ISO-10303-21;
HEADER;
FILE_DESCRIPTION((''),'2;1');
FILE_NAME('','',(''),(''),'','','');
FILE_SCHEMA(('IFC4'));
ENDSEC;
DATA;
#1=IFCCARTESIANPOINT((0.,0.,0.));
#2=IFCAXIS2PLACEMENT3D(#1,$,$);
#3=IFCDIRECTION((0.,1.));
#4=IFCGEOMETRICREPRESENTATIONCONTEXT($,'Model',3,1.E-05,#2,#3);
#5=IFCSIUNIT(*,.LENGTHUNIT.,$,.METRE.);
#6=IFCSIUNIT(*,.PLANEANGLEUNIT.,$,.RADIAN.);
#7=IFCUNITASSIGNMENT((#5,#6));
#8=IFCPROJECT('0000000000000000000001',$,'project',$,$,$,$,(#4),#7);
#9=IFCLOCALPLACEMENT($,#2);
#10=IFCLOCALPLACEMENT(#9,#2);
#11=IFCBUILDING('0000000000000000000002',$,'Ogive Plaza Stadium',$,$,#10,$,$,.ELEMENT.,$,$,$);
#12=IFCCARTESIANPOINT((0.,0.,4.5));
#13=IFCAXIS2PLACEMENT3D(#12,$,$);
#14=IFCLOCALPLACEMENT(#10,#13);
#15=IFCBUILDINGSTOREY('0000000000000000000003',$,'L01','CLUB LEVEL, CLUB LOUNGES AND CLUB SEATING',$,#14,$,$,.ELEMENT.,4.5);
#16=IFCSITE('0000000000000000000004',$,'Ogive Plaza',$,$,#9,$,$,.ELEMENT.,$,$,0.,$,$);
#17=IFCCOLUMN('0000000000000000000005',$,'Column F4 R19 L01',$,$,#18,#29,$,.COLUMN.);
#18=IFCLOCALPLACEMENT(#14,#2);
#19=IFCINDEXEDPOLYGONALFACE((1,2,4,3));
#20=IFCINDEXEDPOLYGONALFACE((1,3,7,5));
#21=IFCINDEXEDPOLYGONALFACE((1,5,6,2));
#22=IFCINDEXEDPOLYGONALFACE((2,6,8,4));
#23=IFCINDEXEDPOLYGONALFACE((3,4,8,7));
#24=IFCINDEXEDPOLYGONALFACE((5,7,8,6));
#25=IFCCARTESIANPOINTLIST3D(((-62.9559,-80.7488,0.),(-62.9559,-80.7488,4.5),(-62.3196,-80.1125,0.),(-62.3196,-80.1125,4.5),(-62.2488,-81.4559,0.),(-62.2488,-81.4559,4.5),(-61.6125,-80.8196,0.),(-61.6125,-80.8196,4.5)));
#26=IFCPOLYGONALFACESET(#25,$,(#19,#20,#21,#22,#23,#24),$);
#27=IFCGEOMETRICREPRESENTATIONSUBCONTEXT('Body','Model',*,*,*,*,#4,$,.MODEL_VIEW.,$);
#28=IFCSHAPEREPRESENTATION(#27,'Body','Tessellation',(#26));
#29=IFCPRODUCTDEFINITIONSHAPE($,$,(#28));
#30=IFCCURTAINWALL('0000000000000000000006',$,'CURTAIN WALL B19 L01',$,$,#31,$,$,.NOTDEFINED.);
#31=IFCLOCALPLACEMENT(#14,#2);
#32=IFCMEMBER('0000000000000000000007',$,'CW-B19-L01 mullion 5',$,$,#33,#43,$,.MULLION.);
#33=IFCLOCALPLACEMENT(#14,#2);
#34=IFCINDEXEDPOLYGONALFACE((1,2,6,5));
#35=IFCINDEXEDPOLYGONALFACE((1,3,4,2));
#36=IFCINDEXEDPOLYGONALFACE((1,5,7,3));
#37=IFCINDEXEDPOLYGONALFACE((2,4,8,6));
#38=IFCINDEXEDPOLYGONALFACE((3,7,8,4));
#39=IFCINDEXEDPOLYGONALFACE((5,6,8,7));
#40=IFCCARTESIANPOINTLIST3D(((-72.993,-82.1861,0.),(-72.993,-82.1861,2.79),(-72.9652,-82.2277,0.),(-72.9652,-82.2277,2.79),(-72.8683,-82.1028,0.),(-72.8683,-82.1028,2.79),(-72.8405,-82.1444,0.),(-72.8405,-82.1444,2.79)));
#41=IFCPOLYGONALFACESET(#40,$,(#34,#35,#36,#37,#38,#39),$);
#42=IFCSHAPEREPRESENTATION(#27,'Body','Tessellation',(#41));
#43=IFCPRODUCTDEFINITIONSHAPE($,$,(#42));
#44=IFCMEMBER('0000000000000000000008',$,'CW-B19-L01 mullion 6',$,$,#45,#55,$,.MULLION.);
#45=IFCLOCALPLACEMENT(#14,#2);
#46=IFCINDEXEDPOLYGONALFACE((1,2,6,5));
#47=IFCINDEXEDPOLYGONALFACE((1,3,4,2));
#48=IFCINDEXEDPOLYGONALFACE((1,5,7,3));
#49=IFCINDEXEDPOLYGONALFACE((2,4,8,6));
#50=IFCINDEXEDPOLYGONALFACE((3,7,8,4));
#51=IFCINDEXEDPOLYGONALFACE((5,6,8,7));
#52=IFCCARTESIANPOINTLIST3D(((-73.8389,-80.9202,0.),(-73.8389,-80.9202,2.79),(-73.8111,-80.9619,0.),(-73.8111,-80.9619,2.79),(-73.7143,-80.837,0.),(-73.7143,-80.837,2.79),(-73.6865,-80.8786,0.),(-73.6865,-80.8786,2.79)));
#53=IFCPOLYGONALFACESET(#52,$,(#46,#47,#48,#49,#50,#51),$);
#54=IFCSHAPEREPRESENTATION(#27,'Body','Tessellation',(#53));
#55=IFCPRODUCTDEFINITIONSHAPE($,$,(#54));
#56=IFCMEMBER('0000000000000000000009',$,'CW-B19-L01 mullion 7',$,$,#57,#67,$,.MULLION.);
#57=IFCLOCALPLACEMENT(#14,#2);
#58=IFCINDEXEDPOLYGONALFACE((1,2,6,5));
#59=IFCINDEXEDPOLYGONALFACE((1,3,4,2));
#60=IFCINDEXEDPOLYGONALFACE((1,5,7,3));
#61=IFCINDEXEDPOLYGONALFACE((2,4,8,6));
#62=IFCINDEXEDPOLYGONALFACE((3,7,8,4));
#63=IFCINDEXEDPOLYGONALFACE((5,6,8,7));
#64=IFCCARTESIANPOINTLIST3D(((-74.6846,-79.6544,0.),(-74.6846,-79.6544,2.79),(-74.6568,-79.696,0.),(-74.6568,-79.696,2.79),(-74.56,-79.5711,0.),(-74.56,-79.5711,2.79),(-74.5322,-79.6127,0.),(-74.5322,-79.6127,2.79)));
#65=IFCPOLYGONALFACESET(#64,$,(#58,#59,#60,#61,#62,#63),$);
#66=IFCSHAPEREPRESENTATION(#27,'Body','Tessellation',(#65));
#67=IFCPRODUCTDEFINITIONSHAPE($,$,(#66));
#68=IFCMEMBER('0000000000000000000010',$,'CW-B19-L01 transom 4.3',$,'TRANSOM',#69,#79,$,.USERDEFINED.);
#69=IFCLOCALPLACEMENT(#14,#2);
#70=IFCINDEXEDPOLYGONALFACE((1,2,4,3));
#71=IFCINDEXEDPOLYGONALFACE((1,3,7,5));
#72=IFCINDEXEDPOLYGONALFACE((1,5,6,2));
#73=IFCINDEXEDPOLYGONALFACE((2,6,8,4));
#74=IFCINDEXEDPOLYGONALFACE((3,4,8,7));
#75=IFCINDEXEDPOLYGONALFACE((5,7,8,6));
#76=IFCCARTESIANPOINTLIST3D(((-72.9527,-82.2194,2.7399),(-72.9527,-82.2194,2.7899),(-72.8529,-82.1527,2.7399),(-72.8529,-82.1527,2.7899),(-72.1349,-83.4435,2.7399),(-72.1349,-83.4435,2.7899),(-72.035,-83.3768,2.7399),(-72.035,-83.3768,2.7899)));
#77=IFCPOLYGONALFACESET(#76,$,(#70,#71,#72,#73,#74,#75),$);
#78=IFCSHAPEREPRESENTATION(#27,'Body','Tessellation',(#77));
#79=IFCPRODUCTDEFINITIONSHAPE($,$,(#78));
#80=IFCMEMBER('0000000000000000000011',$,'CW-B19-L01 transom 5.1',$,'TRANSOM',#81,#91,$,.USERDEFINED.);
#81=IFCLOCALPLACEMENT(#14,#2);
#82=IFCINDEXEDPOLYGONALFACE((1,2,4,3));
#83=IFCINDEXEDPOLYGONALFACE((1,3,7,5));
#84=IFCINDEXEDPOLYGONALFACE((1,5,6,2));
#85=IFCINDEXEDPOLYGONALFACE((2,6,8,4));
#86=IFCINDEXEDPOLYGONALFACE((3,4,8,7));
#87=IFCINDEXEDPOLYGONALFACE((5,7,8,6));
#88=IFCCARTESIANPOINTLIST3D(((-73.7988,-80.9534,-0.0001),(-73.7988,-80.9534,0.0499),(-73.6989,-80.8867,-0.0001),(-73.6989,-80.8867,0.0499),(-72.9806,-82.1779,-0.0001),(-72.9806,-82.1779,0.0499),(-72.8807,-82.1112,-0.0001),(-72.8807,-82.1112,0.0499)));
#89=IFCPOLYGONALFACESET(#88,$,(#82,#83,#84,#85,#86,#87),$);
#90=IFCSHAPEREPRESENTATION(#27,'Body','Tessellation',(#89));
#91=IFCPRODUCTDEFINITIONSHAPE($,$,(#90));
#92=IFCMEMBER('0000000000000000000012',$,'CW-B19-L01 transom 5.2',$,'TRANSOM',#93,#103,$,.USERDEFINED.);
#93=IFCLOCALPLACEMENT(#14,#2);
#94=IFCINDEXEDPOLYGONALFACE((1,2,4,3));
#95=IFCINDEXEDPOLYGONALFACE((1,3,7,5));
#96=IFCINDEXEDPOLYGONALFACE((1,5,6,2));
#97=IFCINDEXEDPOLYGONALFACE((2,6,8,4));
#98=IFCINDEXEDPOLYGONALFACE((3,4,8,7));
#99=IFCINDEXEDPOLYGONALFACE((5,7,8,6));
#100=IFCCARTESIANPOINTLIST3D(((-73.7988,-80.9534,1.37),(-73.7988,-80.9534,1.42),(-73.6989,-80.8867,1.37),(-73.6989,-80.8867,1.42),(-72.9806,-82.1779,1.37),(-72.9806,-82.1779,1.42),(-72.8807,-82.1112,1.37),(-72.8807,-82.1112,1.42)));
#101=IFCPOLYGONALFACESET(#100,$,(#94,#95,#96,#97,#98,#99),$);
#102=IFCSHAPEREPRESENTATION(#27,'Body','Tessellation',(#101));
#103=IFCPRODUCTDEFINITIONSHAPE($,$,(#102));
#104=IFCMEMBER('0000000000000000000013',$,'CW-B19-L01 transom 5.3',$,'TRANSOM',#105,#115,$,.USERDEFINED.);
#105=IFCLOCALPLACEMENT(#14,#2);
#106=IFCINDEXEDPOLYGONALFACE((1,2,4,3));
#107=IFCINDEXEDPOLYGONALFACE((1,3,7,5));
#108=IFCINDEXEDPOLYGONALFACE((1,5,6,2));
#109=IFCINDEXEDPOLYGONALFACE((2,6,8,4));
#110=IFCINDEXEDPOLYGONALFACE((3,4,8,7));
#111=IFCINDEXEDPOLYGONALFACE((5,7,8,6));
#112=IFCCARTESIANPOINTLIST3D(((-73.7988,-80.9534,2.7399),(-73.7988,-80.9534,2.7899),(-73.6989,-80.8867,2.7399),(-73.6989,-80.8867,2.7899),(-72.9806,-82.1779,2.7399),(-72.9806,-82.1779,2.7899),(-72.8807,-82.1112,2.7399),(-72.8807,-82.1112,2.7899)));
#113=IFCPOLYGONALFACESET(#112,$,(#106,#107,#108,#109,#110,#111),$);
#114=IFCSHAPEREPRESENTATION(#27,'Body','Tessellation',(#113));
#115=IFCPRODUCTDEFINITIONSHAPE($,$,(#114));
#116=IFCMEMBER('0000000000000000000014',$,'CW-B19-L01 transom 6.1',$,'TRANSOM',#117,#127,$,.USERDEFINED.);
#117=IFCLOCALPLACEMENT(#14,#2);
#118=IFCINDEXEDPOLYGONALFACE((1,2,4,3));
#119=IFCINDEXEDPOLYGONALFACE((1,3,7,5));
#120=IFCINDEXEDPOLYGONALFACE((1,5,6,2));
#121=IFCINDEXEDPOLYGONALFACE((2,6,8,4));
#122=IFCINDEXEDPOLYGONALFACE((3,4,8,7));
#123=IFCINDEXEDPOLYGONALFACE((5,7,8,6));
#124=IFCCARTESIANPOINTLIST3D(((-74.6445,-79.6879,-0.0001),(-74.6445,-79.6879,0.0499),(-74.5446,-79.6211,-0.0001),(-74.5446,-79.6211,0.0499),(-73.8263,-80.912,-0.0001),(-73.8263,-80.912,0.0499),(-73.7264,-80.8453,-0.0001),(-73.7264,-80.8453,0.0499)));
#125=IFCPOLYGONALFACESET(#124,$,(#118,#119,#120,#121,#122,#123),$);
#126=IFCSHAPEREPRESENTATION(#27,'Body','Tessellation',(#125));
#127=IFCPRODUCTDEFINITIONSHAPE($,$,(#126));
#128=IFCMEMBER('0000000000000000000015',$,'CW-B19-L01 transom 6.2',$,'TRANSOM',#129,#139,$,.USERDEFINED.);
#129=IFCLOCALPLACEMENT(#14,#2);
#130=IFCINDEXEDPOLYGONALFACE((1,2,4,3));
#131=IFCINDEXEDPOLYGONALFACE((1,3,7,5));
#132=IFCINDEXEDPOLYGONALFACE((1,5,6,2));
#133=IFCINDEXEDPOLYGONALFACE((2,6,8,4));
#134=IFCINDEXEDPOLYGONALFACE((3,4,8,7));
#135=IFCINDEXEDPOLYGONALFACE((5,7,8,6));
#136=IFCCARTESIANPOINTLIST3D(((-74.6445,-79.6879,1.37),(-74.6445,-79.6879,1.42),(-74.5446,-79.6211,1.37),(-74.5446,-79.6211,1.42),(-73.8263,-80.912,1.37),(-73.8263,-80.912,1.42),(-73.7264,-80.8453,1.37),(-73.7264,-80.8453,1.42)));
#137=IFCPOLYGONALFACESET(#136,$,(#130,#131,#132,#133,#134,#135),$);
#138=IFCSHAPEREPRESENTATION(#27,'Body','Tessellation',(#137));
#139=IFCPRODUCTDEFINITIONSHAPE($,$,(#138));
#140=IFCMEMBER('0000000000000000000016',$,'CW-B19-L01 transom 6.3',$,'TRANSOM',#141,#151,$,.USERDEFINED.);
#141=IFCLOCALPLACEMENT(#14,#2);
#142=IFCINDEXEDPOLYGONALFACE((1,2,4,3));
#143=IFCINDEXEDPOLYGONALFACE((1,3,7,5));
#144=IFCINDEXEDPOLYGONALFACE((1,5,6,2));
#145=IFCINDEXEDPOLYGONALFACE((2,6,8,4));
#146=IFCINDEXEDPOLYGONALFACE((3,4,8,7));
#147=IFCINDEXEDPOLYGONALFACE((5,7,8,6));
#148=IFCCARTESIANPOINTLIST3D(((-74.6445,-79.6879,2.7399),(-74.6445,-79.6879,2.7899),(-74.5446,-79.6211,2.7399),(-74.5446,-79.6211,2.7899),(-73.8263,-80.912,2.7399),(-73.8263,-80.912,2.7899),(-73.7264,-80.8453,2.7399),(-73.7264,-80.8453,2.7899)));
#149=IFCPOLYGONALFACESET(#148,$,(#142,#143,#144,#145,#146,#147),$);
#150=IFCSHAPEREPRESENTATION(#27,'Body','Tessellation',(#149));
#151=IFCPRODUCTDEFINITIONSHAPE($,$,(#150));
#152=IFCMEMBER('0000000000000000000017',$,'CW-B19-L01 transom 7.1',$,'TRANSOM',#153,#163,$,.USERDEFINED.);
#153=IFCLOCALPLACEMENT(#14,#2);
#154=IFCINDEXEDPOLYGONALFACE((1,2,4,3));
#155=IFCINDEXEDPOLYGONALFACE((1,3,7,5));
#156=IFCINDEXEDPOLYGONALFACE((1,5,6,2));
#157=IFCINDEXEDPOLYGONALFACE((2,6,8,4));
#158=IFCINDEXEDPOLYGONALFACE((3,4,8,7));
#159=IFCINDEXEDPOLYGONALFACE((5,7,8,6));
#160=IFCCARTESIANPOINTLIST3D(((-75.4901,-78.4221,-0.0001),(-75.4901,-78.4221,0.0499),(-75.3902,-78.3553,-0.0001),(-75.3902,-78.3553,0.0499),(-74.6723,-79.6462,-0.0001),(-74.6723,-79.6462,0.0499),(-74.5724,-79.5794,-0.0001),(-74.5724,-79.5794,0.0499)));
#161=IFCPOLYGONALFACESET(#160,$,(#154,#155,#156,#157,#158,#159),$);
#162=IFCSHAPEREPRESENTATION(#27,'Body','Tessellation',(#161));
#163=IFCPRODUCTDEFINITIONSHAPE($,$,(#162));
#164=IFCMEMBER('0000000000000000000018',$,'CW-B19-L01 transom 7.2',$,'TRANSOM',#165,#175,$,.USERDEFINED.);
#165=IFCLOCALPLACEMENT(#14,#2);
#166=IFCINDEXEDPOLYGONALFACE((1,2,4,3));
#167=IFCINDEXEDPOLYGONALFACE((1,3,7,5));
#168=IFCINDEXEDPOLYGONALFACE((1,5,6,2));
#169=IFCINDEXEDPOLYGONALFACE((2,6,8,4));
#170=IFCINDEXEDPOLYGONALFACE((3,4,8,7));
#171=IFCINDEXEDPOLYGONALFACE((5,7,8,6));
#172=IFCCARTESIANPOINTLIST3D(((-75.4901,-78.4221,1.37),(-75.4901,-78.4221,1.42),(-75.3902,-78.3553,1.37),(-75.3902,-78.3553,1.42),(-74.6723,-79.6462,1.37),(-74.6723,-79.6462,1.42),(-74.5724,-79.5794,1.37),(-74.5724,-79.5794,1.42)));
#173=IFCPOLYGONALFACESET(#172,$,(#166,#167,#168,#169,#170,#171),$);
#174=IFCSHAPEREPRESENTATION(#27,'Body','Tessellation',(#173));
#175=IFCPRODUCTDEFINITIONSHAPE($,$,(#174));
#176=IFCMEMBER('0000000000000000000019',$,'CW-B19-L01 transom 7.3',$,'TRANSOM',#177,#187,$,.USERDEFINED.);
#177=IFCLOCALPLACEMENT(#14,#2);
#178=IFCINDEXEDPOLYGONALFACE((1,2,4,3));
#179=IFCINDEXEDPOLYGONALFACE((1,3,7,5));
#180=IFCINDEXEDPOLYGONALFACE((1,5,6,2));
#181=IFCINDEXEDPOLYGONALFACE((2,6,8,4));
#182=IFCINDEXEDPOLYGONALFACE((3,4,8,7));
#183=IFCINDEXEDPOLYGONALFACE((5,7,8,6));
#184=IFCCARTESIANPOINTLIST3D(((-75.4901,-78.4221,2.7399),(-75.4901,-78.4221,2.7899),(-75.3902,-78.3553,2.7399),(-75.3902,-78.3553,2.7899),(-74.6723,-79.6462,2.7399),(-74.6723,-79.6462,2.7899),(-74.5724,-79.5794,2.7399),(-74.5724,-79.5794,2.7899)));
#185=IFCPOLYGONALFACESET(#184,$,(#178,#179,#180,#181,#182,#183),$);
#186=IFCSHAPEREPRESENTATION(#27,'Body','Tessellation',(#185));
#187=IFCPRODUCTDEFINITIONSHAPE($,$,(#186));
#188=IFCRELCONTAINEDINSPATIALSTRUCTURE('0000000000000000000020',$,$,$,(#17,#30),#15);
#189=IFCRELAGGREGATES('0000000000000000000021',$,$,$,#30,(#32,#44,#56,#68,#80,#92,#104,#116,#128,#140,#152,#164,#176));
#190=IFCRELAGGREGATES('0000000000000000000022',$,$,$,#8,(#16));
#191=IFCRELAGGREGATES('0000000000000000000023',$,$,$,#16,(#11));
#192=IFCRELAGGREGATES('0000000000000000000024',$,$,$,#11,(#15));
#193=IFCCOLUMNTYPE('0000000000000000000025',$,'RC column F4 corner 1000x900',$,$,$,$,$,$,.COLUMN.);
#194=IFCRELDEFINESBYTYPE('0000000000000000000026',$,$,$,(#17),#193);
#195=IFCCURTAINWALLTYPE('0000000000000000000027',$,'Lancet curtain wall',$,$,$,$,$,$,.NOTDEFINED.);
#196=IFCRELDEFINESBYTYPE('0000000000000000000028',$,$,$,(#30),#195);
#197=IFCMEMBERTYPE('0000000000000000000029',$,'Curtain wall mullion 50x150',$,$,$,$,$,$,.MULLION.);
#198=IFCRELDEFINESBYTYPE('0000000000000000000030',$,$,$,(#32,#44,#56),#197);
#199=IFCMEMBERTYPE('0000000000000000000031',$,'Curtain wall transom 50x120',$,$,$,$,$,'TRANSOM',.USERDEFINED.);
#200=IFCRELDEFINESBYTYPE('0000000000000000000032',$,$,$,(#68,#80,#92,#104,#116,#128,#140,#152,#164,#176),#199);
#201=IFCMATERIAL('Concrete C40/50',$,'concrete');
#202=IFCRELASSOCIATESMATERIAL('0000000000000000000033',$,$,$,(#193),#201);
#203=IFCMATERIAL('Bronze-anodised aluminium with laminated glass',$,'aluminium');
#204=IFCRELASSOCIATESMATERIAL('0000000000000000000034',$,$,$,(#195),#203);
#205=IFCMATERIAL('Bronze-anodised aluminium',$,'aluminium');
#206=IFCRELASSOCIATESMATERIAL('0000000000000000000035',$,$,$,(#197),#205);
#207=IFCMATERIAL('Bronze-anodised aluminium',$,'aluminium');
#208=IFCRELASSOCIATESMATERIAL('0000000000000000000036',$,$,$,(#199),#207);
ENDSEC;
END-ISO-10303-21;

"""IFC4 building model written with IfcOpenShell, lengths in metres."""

from ifc_helpers import new_model, si_unit, direction, frame, origin, origin_2d, place, context, subcontext, project, spatial, rectangle, extrude, material, material_profile, profile_set, type_object, element, aggregate, save


model = new_model("IFC4")

# Units and contexts
model_context = context("Model", 3, precision=1e-05, world=origin(), true_north=direction((0.0, 1.0)))
body_context = subcontext(model_context, "Body", "Model", "MODEL_VIEW")
ifc_project = project(units=[si_unit("LENGTHUNIT", "METRE"), si_unit("PLANEANGLEUNIT", "RADIAN")], contexts=[model_context])

# Site, building, storey
site_placement = place(None, origin())
site = spatial("IfcSite", under=ifc_project, at=site_placement, Name="Ogive Plaza", CompositionType="ELEMENT", RefElevation=0.0)
building_placement = place(site_placement, origin())
building = spatial("IfcBuilding", under=site, at=building_placement, Name="Ogive Plaza Stadium", CompositionType="ELEMENT")
storey_placement = place(building_placement, frame((0.0, 0.0, 4.5)))
storey = spatial("IfcBuildingStorey", under=building, at=storey_placement, Name="L01", Description="CLUB LEVEL, CLUB LOUNGES AND CLUB SEATING", CompositionType="ELEMENT", Elevation=4.5)

# Column
ifc_material_1 = material(Name="Concrete C40/50", Category="concrete")
ifc_material_profile_1 = material_profile(ifc_material_1, rectangle(XDim=1.0, YDim=0.8999, at=origin_2d()), Name="RC 1000x900")
ifc_profile_set_1 = profile_set([ifc_material_profile_1], Name="Concrete C40/50")
column_type = type_object("IfcColumnType", Name="RC column F4 corner 1000x900", PredefinedType="COLUMN", material=ifc_profile_set_1)
column_placement = place(storey_placement, frame((-62.2842, -80.7842, 0.0), z_axis=(0.0, 0.0, 1.0), x_axis=(0.707107, -0.707107, 0.0)))
element("IfcColumn", 1, at=column_placement, inside=storey, type_object=column_type, Name="Column F4 R19 L01", PredefinedType="COLUMN", context=body_context, shape_type="SweptSolid", body=[
    extrude(rectangle(XDim=1.0, YDim=0.8999, at=origin_2d()), origin(), (0.0, 0.0, 1.0), 4.5),
])

# Curtain wall, members
ifc_material_2 = material(Name="Bronze-anodised aluminium with laminated glass", Category="aluminium")
curtain_wall_type = type_object("IfcCurtainWallType", Name="Lancet curtain wall", PredefinedType="NOTDEFINED", material=ifc_material_2)
curtain_wall_placement = place(storey_placement, origin())
curtain_wall = element("IfcCurtainWall", 2, at=curtain_wall_placement, inside=storey, type_object=curtain_wall_type, Name="CURTAIN WALL B19 L01", PredefinedType="NOTDEFINED")
ifc_material_3 = material(Name="Bronze-anodised aluminium", Category="aluminium")
ifc_material_profile_2 = material_profile(ifc_material_3, rectangle(XDim=0.1499, YDim=0.05, at=origin_2d()), Name="AL 150x50")
ifc_profile_set_2 = profile_set([ifc_material_profile_2], Name="Bronze-anodised aluminium")
member_type_1 = type_object("IfcMemberType", Name="Curtain wall mullion 50x150", PredefinedType="MULLION", material=ifc_profile_set_2)
member_1_placement = place(storey_placement, frame((-72.9167, -82.1653, 0.0), z_axis=(0.0, 0.0, 1.0), x_axis=(-0.83147, -0.55557, 0.0)))
member_1 = element("IfcMember", 3, at=member_1_placement, type_object=member_type_1, Name="CW-B19-L01 mullion 5", PredefinedType="MULLION", context=body_context, shape_type="SweptSolid", body=[
    extrude(rectangle(XDim=0.1499, YDim=0.05, at=origin_2d()), origin(), (0.0, 0.0, 1.0), 2.79),
])
member_2_placement = place(storey_placement, frame((-73.7627, -80.8994, 0.0), z_axis=(0.0, 0.0, 1.0), x_axis=(-0.83147, -0.55557, 0.0)))
member_2 = element("IfcMember", 4, at=member_2_placement, type_object=member_type_1, Name="CW-B19-L01 mullion 6", PredefinedType="MULLION", context=body_context, shape_type="SweptSolid", body=[
    extrude(rectangle(XDim=0.1499, YDim=0.05, at=origin_2d()), origin(), (0.0, 0.0, 1.0), 2.79),
])
member_3_placement = place(storey_placement, frame((-74.6084, -79.6335, 0.0), z_axis=(0.0, 0.0, 1.0), x_axis=(-0.83147, -0.55557, 0.0)))
member_3 = element("IfcMember", 5, at=member_3_placement, type_object=member_type_1, Name="CW-B19-L01 mullion 7", PredefinedType="MULLION", context=body_context, shape_type="SweptSolid", body=[
    extrude(rectangle(XDim=0.1499, YDim=0.05, at=origin_2d()), origin(), (0.0, 0.0, 1.0), 2.79),
])
ifc_material_4 = material(Name="Bronze-anodised aluminium", Category="aluminium")
ifc_material_profile_3 = material_profile(ifc_material_4, rectangle(XDim=0.1201, YDim=0.05, at=origin_2d()), Name="AL 120x50")
ifc_profile_set_3 = profile_set([ifc_material_profile_3], Name="Bronze-anodised aluminium")
member_type_2 = type_object("IfcMemberType", Name="Curtain wall transom 50x120", ElementType="TRANSOM", PredefinedType="USERDEFINED", material=ifc_profile_set_3)
member_4_placement = place(storey_placement, frame((-72.085, -83.4102, 2.7649), z_axis=(-0.555542, 0.831489, 0.0), x_axis=(-0.831489, -0.555542, 0.0)))
member_4 = element("IfcMember", 6, at=member_4_placement, type_object=member_type_2, Name="CW-B19-L01 transom 4.3", ObjectType="TRANSOM", PredefinedType="USERDEFINED", context=body_context, shape_type="SweptSolid", body=[
    extrude(rectangle(XDim=0.1201, YDim=0.05, at=origin_2d()), origin(), (0.0, 0.0, 1.0), 1.4722),
])
member_5_placement = place(storey_placement, frame((-72.9307, -82.1445, 0.0249), z_axis=(-0.55558, 0.831463, 0.0), x_axis=(-0.831463, -0.55558, 0.0)))
member_5 = element("IfcMember", 7, at=member_5_placement, type_object=member_type_2, Name="CW-B19-L01 transom 5.1", ObjectType="TRANSOM", PredefinedType="USERDEFINED", context=body_context, shape_type="SweptSolid", body=[
    extrude(rectangle(XDim=0.1201, YDim=0.05, at=origin_2d()), origin(), (0.0, 0.0, 1.0), 1.4727),
])
member_6_placement = place(storey_placement, frame((-72.9307, -82.1445, 1.395), z_axis=(-0.55558, 0.831463, 0.0), x_axis=(-0.831463, -0.55558, 0.0)))
member_6 = element("IfcMember", 8, at=member_6_placement, type_object=member_type_2, Name="CW-B19-L01 transom 5.2", ObjectType="TRANSOM", PredefinedType="USERDEFINED", context=body_context, shape_type="SweptSolid", body=[
    extrude(rectangle(XDim=0.1201, YDim=0.05, at=origin_2d()), origin(), (0.0, 0.0, 1.0), 1.4727),
])
member_7_placement = place(storey_placement, frame((-72.9307, -82.1445, 2.7649), z_axis=(-0.55558, 0.831463, 0.0), x_axis=(-0.831463, -0.55558, 0.0)))
member_7 = element("IfcMember", 9, at=member_7_placement, type_object=member_type_2, Name="CW-B19-L01 transom 5.3", ObjectType="TRANSOM", PredefinedType="USERDEFINED", context=body_context, shape_type="SweptSolid", body=[
    extrude(rectangle(XDim=0.1201, YDim=0.05, at=origin_2d()), origin(), (0.0, 0.0, 1.0), 1.4727),
])
member_8_placement = place(storey_placement, frame((-73.7764, -80.8787, 0.0249), z_axis=(-0.555656, 0.831412, 0.0), x_axis=(-0.831412, -0.555656, 0.0)))
member_8 = element("IfcMember", 10, at=member_8_placement, type_object=member_type_2, Name="CW-B19-L01 transom 6.1", ObjectType="TRANSOM", PredefinedType="USERDEFINED", context=body_context, shape_type="SweptSolid", body=[
    extrude(rectangle(XDim=0.1201, YDim=0.05, at=origin_2d()), origin(), (0.0, 0.0, 1.0), 1.4724),
])
member_9_placement = place(storey_placement, frame((-73.7764, -80.8787, 1.395), z_axis=(-0.555656, 0.831412, 0.0), x_axis=(-0.831412, -0.555656, 0.0)))
member_9 = element("IfcMember", 11, at=member_9_placement, type_object=member_type_2, Name="CW-B19-L01 transom 6.2", ObjectType="TRANSOM", PredefinedType="USERDEFINED", context=body_context, shape_type="SweptSolid", body=[
    extrude(rectangle(XDim=0.1201, YDim=0.05, at=origin_2d()), origin(), (0.0, 0.0, 1.0), 1.4724),
])
member_10_placement = place(storey_placement, frame((-73.7764, -80.8787, 2.7649), z_axis=(-0.555656, 0.831412, 0.0), x_axis=(-0.831412, -0.555656, 0.0)))
member_10 = element("IfcMember", 12, at=member_10_placement, type_object=member_type_2, Name="CW-B19-L01 transom 6.3", ObjectType="TRANSOM", PredefinedType="USERDEFINED", context=body_context, shape_type="SweptSolid", body=[
    extrude(rectangle(XDim=0.1201, YDim=0.05, at=origin_2d()), origin(), (0.0, 0.0, 1.0), 1.4724),
])
member_11_placement = place(storey_placement, frame((-74.6223, -79.6128, 0.0249), z_axis=(-0.555542, 0.831489, 0.0), x_axis=(-0.831489, -0.555542, 0.0)))
member_11 = element("IfcMember", 13, at=member_11_placement, type_object=member_type_2, Name="CW-B19-L01 transom 7.1", ObjectType="TRANSOM", PredefinedType="USERDEFINED", context=body_context, shape_type="SweptSolid", body=[
    extrude(rectangle(XDim=0.1201, YDim=0.05, at=origin_2d()), origin(), (0.0, 0.0, 1.0), 1.4722),
])
member_12_placement = place(storey_placement, frame((-74.6223, -79.6128, 1.395), z_axis=(-0.555542, 0.831489, 0.0), x_axis=(-0.831489, -0.555542, 0.0)))
member_12 = element("IfcMember", 14, at=member_12_placement, type_object=member_type_2, Name="CW-B19-L01 transom 7.2", ObjectType="TRANSOM", PredefinedType="USERDEFINED", context=body_context, shape_type="SweptSolid", body=[
    extrude(rectangle(XDim=0.1201, YDim=0.05, at=origin_2d()), origin(), (0.0, 0.0, 1.0), 1.4722),
])
member_13_placement = place(storey_placement, frame((-74.6223, -79.6128, 2.7649), z_axis=(-0.555542, 0.831489, 0.0), x_axis=(-0.831489, -0.555542, 0.0)))
member_13 = element("IfcMember", 15, at=member_13_placement, type_object=member_type_2, Name="CW-B19-L01 transom 7.3", ObjectType="TRANSOM", PredefinedType="USERDEFINED", context=body_context, shape_type="SweptSolid", body=[
    extrude(rectangle(XDim=0.1201, YDim=0.05, at=origin_2d()), origin(), (0.0, 0.0, 1.0), 1.4722),
])

aggregate(curtain_wall, [member_1, member_2, member_3, member_4, member_5, member_6, member_7, member_8, member_9, member_10, member_11, member_12, member_13])

save(model, "model.ifc")
